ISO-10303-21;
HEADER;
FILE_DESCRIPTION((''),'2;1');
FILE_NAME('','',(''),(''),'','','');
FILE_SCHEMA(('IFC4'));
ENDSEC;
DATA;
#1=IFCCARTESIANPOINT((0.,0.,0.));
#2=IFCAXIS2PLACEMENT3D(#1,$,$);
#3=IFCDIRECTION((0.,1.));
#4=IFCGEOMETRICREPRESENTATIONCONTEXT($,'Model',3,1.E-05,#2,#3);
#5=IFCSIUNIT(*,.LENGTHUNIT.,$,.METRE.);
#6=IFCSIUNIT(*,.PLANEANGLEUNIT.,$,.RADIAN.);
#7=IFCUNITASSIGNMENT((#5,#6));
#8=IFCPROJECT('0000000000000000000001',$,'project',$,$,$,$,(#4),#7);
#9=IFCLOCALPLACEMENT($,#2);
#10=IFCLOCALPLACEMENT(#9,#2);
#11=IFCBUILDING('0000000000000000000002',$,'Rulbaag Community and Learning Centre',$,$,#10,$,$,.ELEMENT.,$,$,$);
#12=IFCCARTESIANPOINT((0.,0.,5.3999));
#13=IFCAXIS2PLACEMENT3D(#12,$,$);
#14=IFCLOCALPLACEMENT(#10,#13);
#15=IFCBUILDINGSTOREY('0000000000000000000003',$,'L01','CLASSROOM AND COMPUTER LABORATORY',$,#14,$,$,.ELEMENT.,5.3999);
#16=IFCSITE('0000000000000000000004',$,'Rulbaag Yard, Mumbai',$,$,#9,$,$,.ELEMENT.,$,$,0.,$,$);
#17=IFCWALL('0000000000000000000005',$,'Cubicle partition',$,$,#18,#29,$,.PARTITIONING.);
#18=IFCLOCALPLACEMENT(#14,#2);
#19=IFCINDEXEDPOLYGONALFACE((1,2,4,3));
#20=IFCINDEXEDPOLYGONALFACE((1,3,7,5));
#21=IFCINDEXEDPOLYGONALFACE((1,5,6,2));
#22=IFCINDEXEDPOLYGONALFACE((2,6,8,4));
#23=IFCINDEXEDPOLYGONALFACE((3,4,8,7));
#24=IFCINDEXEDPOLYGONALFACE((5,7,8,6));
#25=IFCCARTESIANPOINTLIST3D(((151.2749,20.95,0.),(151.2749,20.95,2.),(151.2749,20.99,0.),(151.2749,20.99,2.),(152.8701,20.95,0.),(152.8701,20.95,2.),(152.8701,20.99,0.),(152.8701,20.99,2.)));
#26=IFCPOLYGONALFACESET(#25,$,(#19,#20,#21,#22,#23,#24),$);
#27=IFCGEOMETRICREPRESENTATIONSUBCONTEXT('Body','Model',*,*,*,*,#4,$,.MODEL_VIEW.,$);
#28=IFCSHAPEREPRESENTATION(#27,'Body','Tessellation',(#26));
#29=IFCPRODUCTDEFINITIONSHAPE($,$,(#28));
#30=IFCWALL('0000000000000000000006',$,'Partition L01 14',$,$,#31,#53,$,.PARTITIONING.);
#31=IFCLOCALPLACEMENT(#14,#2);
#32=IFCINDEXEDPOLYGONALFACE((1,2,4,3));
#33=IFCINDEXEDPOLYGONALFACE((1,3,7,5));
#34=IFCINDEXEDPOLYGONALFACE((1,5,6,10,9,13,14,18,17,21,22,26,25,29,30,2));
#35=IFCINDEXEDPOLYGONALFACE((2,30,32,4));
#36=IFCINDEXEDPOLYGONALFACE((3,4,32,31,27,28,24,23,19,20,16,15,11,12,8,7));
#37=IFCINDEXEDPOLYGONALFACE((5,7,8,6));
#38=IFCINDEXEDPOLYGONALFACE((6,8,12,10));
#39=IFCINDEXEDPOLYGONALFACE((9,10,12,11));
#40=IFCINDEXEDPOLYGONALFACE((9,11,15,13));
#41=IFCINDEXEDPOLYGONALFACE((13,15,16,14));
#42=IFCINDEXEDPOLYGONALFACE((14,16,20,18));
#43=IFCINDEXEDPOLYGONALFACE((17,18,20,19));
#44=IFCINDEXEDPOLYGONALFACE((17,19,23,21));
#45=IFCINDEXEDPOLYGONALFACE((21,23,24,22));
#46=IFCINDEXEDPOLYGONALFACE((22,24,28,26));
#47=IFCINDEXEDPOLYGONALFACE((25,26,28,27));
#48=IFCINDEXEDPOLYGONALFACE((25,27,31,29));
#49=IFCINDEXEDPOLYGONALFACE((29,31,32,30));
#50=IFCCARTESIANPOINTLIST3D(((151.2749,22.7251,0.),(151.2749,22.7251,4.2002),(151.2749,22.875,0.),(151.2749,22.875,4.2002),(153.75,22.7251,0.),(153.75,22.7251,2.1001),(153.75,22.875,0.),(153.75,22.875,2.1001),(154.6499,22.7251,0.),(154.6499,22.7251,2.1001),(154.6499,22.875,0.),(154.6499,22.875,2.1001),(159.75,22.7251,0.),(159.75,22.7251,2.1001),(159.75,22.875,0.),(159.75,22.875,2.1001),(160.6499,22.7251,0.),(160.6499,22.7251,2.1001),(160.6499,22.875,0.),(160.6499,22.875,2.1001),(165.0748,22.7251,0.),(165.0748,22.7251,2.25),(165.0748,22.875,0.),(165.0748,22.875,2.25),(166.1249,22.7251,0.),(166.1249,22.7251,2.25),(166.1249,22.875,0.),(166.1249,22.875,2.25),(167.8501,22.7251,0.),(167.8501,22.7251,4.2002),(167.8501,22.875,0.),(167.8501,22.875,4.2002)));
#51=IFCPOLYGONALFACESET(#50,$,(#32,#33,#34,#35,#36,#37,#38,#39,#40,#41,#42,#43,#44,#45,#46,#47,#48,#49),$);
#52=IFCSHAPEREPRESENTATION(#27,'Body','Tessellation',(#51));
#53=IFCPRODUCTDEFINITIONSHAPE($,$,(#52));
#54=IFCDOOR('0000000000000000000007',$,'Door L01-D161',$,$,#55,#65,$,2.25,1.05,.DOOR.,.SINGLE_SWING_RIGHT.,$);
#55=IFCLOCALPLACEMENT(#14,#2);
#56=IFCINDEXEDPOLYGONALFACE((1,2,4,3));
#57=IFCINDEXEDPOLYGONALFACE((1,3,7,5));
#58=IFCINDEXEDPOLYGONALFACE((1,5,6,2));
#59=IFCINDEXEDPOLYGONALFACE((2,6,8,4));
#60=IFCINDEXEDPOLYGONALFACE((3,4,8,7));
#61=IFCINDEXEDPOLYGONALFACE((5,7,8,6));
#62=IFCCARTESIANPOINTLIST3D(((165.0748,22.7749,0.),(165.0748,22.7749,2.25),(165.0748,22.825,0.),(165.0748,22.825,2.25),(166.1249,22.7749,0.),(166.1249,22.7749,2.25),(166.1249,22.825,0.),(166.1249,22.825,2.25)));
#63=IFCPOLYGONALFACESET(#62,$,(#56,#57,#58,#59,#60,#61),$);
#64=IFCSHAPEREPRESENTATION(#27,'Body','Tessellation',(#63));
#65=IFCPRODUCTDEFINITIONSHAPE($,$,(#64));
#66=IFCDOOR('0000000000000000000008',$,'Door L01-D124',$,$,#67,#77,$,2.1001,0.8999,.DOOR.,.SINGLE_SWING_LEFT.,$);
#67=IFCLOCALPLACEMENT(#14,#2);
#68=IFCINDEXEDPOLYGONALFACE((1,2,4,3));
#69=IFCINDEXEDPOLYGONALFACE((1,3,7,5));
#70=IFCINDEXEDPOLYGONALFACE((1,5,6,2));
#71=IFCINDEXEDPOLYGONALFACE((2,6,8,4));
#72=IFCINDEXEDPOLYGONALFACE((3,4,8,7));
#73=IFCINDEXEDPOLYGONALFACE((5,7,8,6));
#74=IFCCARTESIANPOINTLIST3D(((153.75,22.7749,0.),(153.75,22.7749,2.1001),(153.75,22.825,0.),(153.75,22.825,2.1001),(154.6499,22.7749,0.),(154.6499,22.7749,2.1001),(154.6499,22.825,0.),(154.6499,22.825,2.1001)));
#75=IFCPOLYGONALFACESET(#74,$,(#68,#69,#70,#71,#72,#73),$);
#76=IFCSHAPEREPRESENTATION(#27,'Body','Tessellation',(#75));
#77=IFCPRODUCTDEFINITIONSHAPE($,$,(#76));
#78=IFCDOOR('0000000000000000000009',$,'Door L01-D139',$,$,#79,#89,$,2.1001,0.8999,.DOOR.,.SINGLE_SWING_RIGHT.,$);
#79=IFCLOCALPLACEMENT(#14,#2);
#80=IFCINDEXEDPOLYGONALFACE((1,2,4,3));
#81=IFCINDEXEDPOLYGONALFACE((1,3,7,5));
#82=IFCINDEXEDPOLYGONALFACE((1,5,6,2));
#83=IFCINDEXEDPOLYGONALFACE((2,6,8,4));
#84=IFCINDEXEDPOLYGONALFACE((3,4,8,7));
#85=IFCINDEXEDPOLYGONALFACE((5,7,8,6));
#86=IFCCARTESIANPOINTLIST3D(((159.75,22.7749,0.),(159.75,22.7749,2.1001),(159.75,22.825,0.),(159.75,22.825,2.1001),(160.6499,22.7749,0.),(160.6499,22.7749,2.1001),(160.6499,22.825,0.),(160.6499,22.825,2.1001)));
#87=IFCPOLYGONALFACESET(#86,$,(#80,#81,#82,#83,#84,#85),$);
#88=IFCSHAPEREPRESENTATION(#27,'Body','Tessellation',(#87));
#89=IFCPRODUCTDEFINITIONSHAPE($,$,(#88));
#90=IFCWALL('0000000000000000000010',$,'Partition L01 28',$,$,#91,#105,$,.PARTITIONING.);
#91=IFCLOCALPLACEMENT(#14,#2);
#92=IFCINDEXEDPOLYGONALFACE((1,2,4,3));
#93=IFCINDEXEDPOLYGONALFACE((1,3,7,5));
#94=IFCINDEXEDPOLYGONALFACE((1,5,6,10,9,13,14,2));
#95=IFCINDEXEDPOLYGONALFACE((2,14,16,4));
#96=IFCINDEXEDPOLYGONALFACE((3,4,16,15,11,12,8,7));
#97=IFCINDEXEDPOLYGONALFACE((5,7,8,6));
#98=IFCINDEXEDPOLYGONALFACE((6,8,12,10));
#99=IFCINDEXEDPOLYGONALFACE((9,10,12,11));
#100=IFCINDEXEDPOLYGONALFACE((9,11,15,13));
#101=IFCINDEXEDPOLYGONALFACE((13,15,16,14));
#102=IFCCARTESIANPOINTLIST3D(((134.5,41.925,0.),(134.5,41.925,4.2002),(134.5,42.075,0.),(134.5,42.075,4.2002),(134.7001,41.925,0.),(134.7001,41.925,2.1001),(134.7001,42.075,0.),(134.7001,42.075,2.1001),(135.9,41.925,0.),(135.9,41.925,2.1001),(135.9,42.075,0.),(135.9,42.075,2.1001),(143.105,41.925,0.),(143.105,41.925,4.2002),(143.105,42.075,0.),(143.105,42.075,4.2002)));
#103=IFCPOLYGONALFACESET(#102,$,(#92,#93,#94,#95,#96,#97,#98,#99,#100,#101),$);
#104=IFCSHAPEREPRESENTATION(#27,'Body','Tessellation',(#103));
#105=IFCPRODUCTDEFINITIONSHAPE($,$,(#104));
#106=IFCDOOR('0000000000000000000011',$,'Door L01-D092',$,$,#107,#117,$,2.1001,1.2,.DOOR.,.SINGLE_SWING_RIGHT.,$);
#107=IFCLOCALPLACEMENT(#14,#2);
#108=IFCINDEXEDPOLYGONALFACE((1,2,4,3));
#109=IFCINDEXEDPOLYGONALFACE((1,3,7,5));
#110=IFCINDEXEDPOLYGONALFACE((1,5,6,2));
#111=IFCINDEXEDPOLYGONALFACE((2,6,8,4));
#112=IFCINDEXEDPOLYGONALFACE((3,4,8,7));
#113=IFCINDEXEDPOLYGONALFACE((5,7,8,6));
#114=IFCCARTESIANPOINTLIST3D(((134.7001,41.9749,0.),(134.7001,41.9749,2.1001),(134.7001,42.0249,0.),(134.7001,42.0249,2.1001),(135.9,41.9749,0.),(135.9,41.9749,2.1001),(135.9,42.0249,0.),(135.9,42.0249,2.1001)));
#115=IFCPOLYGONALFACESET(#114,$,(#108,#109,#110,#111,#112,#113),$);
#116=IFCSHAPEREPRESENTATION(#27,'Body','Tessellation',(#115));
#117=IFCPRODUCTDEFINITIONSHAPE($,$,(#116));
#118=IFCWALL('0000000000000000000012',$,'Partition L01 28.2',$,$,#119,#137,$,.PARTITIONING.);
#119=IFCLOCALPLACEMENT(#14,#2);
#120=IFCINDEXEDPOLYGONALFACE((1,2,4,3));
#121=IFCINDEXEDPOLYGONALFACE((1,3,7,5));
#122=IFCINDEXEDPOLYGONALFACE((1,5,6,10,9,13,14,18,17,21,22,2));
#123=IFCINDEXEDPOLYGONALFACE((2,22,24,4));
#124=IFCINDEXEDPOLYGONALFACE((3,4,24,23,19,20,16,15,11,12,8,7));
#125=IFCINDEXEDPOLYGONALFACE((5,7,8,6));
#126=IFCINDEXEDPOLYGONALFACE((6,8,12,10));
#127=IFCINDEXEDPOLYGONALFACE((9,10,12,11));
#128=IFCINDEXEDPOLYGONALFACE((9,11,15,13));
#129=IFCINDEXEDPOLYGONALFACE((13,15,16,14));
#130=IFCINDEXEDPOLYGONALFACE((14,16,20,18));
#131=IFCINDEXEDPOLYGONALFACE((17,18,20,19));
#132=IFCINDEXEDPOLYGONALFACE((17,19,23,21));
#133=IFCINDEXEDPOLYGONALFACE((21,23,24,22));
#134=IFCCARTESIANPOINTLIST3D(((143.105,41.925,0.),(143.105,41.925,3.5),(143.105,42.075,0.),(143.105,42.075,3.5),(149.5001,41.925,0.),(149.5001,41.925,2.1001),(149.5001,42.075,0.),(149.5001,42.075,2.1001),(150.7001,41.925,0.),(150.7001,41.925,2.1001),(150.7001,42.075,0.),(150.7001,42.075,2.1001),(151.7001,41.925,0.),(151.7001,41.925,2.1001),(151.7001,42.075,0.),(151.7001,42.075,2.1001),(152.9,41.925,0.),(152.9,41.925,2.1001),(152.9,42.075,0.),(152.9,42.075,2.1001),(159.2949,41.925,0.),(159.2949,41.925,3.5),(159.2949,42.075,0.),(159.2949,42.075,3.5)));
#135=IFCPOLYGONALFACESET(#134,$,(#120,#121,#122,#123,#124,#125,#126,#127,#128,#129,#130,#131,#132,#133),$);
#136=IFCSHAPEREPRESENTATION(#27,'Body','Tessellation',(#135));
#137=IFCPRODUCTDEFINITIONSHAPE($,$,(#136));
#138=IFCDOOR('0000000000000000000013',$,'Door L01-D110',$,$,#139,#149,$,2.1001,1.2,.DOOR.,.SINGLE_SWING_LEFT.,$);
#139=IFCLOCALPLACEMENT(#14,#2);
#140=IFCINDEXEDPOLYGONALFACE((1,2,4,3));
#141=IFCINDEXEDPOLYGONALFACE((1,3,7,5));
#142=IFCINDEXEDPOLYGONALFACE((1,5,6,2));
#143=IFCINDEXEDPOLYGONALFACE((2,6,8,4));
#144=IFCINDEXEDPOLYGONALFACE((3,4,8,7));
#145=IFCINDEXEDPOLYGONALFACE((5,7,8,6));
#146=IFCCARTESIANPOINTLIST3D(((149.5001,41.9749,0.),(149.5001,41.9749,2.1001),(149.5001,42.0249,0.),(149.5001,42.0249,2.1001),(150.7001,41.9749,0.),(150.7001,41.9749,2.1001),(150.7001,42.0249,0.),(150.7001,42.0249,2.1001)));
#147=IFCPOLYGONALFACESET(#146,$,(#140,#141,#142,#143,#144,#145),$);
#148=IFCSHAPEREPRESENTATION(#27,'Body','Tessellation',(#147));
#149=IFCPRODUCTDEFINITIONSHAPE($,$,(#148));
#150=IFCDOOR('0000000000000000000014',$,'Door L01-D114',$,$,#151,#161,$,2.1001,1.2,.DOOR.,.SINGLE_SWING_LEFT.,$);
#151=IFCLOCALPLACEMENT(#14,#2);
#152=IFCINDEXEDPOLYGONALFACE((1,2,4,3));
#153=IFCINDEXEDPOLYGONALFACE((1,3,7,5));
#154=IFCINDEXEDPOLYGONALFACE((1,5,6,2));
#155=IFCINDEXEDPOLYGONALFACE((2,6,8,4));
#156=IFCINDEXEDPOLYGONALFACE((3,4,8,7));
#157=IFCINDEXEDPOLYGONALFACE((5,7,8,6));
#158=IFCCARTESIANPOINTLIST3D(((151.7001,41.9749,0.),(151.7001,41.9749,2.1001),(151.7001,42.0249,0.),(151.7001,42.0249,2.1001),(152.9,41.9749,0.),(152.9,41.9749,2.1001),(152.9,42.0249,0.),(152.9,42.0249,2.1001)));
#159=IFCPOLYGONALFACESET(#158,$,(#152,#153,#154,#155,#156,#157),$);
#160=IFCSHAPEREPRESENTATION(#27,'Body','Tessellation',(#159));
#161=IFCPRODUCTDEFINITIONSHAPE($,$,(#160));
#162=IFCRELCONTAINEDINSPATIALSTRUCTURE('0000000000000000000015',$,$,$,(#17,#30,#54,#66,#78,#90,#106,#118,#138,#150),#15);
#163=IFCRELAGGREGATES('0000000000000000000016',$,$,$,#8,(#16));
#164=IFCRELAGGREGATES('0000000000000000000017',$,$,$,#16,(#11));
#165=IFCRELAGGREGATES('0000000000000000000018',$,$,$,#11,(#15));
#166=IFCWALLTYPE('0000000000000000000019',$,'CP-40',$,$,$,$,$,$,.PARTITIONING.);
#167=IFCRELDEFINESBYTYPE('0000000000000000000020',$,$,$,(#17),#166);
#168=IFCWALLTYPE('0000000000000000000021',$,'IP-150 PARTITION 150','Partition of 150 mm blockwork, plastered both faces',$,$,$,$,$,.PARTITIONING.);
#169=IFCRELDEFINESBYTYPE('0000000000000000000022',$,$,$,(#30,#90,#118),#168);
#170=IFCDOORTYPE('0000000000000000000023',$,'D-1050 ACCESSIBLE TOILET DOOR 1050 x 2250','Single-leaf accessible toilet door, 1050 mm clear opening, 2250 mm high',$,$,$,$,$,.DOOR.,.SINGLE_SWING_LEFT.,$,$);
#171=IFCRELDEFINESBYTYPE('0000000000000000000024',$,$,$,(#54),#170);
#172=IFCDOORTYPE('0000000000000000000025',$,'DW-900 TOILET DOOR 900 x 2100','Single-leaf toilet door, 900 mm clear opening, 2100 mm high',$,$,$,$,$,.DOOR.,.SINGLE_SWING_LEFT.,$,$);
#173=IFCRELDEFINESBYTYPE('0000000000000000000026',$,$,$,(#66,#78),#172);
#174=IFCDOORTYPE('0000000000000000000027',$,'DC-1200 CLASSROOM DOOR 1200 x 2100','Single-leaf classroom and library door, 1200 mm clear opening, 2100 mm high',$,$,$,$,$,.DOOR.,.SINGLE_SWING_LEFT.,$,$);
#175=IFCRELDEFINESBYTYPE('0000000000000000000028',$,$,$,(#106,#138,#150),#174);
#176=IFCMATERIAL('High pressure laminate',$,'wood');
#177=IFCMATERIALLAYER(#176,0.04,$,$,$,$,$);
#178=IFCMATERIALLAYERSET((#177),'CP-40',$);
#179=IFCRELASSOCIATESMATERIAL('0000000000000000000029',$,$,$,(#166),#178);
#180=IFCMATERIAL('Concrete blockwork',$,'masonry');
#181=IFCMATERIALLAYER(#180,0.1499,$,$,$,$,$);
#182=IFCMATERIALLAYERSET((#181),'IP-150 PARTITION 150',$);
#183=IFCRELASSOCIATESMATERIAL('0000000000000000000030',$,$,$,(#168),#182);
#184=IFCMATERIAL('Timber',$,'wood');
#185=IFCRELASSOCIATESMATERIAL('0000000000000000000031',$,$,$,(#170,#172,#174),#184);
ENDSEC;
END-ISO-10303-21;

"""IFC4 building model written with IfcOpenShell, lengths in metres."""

from ifc_helpers import new_model, si_unit, direction, frame, frame_2d, origin, place, context, subcontext, project, spatial, rectangle, extrude, material, layer, layer_set, type_object, element, fill, save


model = new_model("IFC4")

# Units and contexts
model_context = context("Model", 3, precision=1e-05, world=origin(), true_north=direction((0.0, 1.0)))
body_context = subcontext(model_context, "Body", "Model", "MODEL_VIEW")
ifc_project = project(units=[si_unit("LENGTHUNIT", "METRE"), si_unit("PLANEANGLEUNIT", "RADIAN")], contexts=[model_context])

# Site, building, storey
site_placement = place(None, origin())
site = spatial("IfcSite", under=ifc_project, at=site_placement, Name="Rulbaag Yard, Mumbai", CompositionType="ELEMENT", RefElevation=0.0)
building_placement = place(site_placement, origin())
building = spatial("IfcBuilding", under=site, at=building_placement, Name="Rulbaag Community and Learning Centre", CompositionType="ELEMENT")
storey_placement = place(building_placement, frame((0.0, 0.0, 5.3999)))
storey = spatial("IfcBuildingStorey", under=building, at=storey_placement, Name="L01", Description="CLASSROOM AND COMPUTER LABORATORY", CompositionType="ELEMENT", Elevation=5.3999)

# Wall
ifc_material_1 = material(Name="High pressure laminate", Category="wood")
ifc_layer_1 = layer(ifc_material_1, 0.04)
ifc_layer_set_1 = layer_set([ifc_layer_1], Name="CP-40")
wall_type_1 = type_object("IfcWallType", Name="CP-40", PredefinedType="PARTITIONING", material=ifc_layer_set_1)
wall_1_placement = place(storey_placement, frame((151.2749, 20.97, 0.0), z_axis=(0.0, 0.0, 1.0), x_axis=(1.0, 0.0, 0.0)))
element("IfcWall", 1, at=wall_1_placement, inside=storey, type_object=wall_type_1, Name="Cubicle partition", PredefinedType="PARTITIONING", context=body_context, shape_type="SweptSolid", body=[
    extrude(rectangle(XDim=1.5952, YDim=0.04, at=frame_2d((0.7976, 0.0))), origin(), (0.0, 0.0, 1.0), 2.0),
])

# Wall, openings, doors
ifc_material_2 = material(Name="Concrete blockwork", Category="masonry")
ifc_layer_2 = layer(ifc_material_2, 0.1499)
ifc_layer_set_2 = layer_set([ifc_layer_2], Name="IP-150 PARTITION 150")
wall_type_2 = type_object("IfcWallType", Name="IP-150 PARTITION 150", Description="Partition of 150 mm blockwork, plastered both faces", PredefinedType="PARTITIONING", material=ifc_layer_set_2)
wall_2_placement = place(storey_placement, frame((151.2749, 22.8, 0.0), z_axis=(0.0, 0.0, 1.0), x_axis=(1.0, 0.0, 0.0)))
wall_2 = element("IfcWall", 2, at=wall_2_placement, inside=storey, type_object=wall_type_2, Name="Partition L01 14", PredefinedType="PARTITIONING", context=body_context, shape_type="SweptSolid", body=[
    extrude(rectangle(XDim=16.5752, YDim=0.1499, at=frame_2d((8.2876, 0.0))), origin(), (0.0, 0.0, 1.0), 4.2002),
])
opening_1_placement = place(wall_2_placement, frame((2.4751, 0.0, 0.0)))
opening_1 = element("IfcOpeningElement", 3, at=opening_1_placement, cuts=wall_2, PredefinedType="OPENING", context=body_context, shape_type="SweptSolid", body=[
    extrude(rectangle(XDim=0.8999, YDim=2.1001, at=frame_2d((0.45, 1.05))), frame((0.0, 0.085, 0.0), z_axis=(0.0, -1.0, 0.0), x_axis=(1.0, 0.0, 0.0)), (0.0, 0.0, 1.0), 0.1699),
])
opening_2_placement = place(wall_2_placement, frame((8.4751, 0.0, 0.0)))
opening_2 = element("IfcOpeningElement", 4, at=opening_2_placement, cuts=wall_2, PredefinedType="OPENING", context=body_context, shape_type="SweptSolid", body=[
    extrude(rectangle(XDim=0.8999, YDim=2.1001, at=frame_2d((0.45, 1.05))), frame((0.0, 0.085, 0.0), z_axis=(0.0, -1.0, 0.0), x_axis=(1.0, 0.0, 0.0)), (0.0, 0.0, 1.0), 0.1699),
])
opening_3_placement = place(wall_2_placement, frame((13.8, 0.0, 0.0)))
opening_3 = element("IfcOpeningElement", 5, at=opening_3_placement, cuts=wall_2, PredefinedType="OPENING", context=body_context, shape_type="SweptSolid", body=[
    extrude(rectangle(XDim=1.05, YDim=2.25, at=frame_2d((0.5249, 1.125))), frame((0.0, 0.085, 0.0), z_axis=(0.0, -1.0, 0.0), x_axis=(1.0, 0.0, 0.0)), (0.0, 0.0, 1.0), 0.1699),
])
ifc_material_3 = material(Name="Timber", Category="wood")
door_type_1 = type_object("IfcDoorType", Name="D-1050 ACCESSIBLE TOILET DOOR 1050 x 2250", Description="Single-leaf accessible toilet door, 1050 mm clear opening, 2250 mm high", OperationType="SINGLE_SWING_LEFT", PredefinedType="DOOR", material=ifc_material_3)
door_1_placement = place(opening_3_placement, origin())
door_1 = element("IfcDoor", 6, at=door_1_placement, inside=storey, type_object=door_type_1, Name="Door L01-D161", OperationType="SINGLE_SWING_RIGHT", OverallHeight=2.25, OverallWidth=1.05, PredefinedType="DOOR", context=body_context, shape_type="SweptSolid", body=[
    extrude(rectangle(XDim=1.05, YDim=2.25, at=frame_2d((0.5249, 1.125))), frame((0.0, 0.0249, 0.0), z_axis=(0.0, -1.0, 0.0), x_axis=(1.0, 0.0, 0.0)), (0.0, 0.0, 1.0), 0.05),
])
fill(opening_3, door_1)
door_type_2 = type_object("IfcDoorType", Name="DW-900 TOILET DOOR 900 x 2100", Description="Single-leaf toilet door, 900 mm clear opening, 2100 mm high", OperationType="SINGLE_SWING_LEFT", PredefinedType="DOOR", material=ifc_material_3)
door_2_placement = place(opening_1_placement, origin())
door_2 = element("IfcDoor", 7, at=door_2_placement, inside=storey, type_object=door_type_2, Name="Door L01-D124", OperationType="SINGLE_SWING_LEFT", OverallHeight=2.1001, OverallWidth=0.8999, PredefinedType="DOOR", context=body_context, shape_type="SweptSolid", body=[
    extrude(rectangle(XDim=0.8999, YDim=2.1001, at=frame_2d((0.45, 1.05))), frame((0.0, 0.0249, 0.0), z_axis=(0.0, -1.0, 0.0), x_axis=(1.0, 0.0, 0.0)), (0.0, 0.0, 1.0), 0.05),
])
fill(opening_1, door_2)
door_3_placement = place(opening_2_placement, origin())
door_3 = element("IfcDoor", 8, at=door_3_placement, inside=storey, type_object=door_type_2, Name="Door L01-D139", OperationType="SINGLE_SWING_RIGHT", OverallHeight=2.1001, OverallWidth=0.8999, PredefinedType="DOOR", context=body_context, shape_type="SweptSolid", body=[
    extrude(rectangle(XDim=0.8999, YDim=2.1001, at=frame_2d((0.45, 1.05))), frame((0.0, 0.0249, 0.0), z_axis=(0.0, -1.0, 0.0), x_axis=(1.0, 0.0, 0.0)), (0.0, 0.0, 1.0), 0.05),
])
fill(opening_2, door_3)

# Wall, opening, door
wall_3_placement = place(storey_placement, frame((134.5, 42.0, 0.0), z_axis=(0.0, 0.0, 1.0), x_axis=(1.0, 0.0, 0.0)))
wall_3 = element("IfcWall", 9, at=wall_3_placement, inside=storey, type_object=wall_type_2, Name="Partition L01 28", PredefinedType="PARTITIONING", context=body_context, shape_type="SweptSolid", body=[
    extrude(rectangle(XDim=8.605, YDim=0.1499, at=frame_2d((4.3025, 0.0))), origin(), (0.0, 0.0, 1.0), 4.2002),
])
opening_4_placement = place(wall_3_placement, frame((0.2, 0.0, 0.0)))
opening_4 = element("IfcOpeningElement", 10, at=opening_4_placement, cuts=wall_3, PredefinedType="OPENING", context=body_context, shape_type="SweptSolid", body=[
    extrude(rectangle(XDim=1.2, YDim=2.1001, at=frame_2d((0.6001, 1.05))), frame((0.0, 0.085, 0.0), z_axis=(0.0, -1.0, 0.0), x_axis=(1.0, 0.0, 0.0)), (0.0, 0.0, 1.0), 0.1699),
])
door_type_3 = type_object("IfcDoorType", Name="DC-1200 CLASSROOM DOOR 1200 x 2100", Description="Single-leaf classroom and library door, 1200 mm clear opening, 2100 mm high", OperationType="SINGLE_SWING_LEFT", PredefinedType="DOOR", material=ifc_material_3)
door_4_placement = place(opening_4_placement, origin())
door_4 = element("IfcDoor", 11, at=door_4_placement, inside=storey, type_object=door_type_3, Name="Door L01-D092", OperationType="SINGLE_SWING_RIGHT", OverallHeight=2.1001, OverallWidth=1.2, PredefinedType="DOOR", context=body_context, shape_type="SweptSolid", body=[
    extrude(rectangle(XDim=1.2, YDim=2.1001, at=frame_2d((0.6001, 1.05))), frame((0.0, 0.0249, 0.0), z_axis=(0.0, -1.0, 0.0), x_axis=(1.0, 0.0, 0.0)), (0.0, 0.0, 1.0), 0.05),
])
fill(opening_4, door_4)

# Wall, openings, doors
wall_4_placement = place(storey_placement, frame((143.105, 42.0, 0.0), z_axis=(0.0, 0.0, 1.0), x_axis=(1.0, 0.0, 0.0)))
wall_4 = element("IfcWall", 12, at=wall_4_placement, inside=storey, type_object=wall_type_2, Name="Partition L01 28.2", PredefinedType="PARTITIONING", context=body_context, shape_type="SweptSolid", body=[
    extrude(rectangle(XDim=16.1899, YDim=0.1499, at=frame_2d((8.095, 0.0))), origin(), (0.0, 0.0, 1.0), 3.5),
])
opening_5_placement = place(wall_4_placement, frame((6.395, 0.0, 0.0)))
opening_5 = element("IfcOpeningElement", 13, at=opening_5_placement, cuts=wall_4, PredefinedType="OPENING", context=body_context, shape_type="SweptSolid", body=[
    extrude(rectangle(XDim=1.2, YDim=2.1001, at=frame_2d((0.6001, 1.05))), frame((0.0, 0.085, 0.0), z_axis=(0.0, -1.0, 0.0), x_axis=(1.0, 0.0, 0.0)), (0.0, 0.0, 1.0), 0.1699),
])
opening_6_placement = place(wall_4_placement, frame((8.595, 0.0, 0.0)))
opening_6 = element("IfcOpeningElement", 14, at=opening_6_placement, cuts=wall_4, PredefinedType="OPENING", context=body_context, shape_type="SweptSolid", body=[
    extrude(rectangle(XDim=1.2, YDim=2.1001, at=frame_2d((0.6001, 1.05))), frame((0.0, 0.085, 0.0), z_axis=(0.0, -1.0, 0.0), x_axis=(1.0, 0.0, 0.0)), (0.0, 0.0, 1.0), 0.1699),
])
door_5_placement = place(opening_5_placement, origin())
door_5 = element("IfcDoor", 15, at=door_5_placement, inside=storey, type_object=door_type_3, Name="Door L01-D110", OperationType="SINGLE_SWING_LEFT", OverallHeight=2.1001, OverallWidth=1.2, PredefinedType="DOOR", context=body_context, shape_type="SweptSolid", body=[
    extrude(rectangle(XDim=1.2, YDim=2.1001, at=frame_2d((0.6001, 1.05))), frame((0.0, 0.0249, 0.0), z_axis=(0.0, -1.0, 0.0), x_axis=(1.0, 0.0, 0.0)), (0.0, 0.0, 1.0), 0.05),
])
fill(opening_5, door_5)
door_6_placement = place(opening_6_placement, origin())
door_6 = element("IfcDoor", 16, at=door_6_placement, inside=storey, type_object=door_type_3, Name="Door L01-D114", OperationType="SINGLE_SWING_LEFT", OverallHeight=2.1001, OverallWidth=1.2, PredefinedType="DOOR", context=body_context, shape_type="SweptSolid", body=[
    extrude(rectangle(XDim=1.2, YDim=2.1001, at=frame_2d((0.6001, 1.05))), frame((0.0, 0.0249, 0.0), z_axis=(0.0, -1.0, 0.0), x_axis=(1.0, 0.0, 0.0)), (0.0, 0.0, 1.0), 0.05),
])
fill(opening_6, door_6)

save(model, "model.ifc")
